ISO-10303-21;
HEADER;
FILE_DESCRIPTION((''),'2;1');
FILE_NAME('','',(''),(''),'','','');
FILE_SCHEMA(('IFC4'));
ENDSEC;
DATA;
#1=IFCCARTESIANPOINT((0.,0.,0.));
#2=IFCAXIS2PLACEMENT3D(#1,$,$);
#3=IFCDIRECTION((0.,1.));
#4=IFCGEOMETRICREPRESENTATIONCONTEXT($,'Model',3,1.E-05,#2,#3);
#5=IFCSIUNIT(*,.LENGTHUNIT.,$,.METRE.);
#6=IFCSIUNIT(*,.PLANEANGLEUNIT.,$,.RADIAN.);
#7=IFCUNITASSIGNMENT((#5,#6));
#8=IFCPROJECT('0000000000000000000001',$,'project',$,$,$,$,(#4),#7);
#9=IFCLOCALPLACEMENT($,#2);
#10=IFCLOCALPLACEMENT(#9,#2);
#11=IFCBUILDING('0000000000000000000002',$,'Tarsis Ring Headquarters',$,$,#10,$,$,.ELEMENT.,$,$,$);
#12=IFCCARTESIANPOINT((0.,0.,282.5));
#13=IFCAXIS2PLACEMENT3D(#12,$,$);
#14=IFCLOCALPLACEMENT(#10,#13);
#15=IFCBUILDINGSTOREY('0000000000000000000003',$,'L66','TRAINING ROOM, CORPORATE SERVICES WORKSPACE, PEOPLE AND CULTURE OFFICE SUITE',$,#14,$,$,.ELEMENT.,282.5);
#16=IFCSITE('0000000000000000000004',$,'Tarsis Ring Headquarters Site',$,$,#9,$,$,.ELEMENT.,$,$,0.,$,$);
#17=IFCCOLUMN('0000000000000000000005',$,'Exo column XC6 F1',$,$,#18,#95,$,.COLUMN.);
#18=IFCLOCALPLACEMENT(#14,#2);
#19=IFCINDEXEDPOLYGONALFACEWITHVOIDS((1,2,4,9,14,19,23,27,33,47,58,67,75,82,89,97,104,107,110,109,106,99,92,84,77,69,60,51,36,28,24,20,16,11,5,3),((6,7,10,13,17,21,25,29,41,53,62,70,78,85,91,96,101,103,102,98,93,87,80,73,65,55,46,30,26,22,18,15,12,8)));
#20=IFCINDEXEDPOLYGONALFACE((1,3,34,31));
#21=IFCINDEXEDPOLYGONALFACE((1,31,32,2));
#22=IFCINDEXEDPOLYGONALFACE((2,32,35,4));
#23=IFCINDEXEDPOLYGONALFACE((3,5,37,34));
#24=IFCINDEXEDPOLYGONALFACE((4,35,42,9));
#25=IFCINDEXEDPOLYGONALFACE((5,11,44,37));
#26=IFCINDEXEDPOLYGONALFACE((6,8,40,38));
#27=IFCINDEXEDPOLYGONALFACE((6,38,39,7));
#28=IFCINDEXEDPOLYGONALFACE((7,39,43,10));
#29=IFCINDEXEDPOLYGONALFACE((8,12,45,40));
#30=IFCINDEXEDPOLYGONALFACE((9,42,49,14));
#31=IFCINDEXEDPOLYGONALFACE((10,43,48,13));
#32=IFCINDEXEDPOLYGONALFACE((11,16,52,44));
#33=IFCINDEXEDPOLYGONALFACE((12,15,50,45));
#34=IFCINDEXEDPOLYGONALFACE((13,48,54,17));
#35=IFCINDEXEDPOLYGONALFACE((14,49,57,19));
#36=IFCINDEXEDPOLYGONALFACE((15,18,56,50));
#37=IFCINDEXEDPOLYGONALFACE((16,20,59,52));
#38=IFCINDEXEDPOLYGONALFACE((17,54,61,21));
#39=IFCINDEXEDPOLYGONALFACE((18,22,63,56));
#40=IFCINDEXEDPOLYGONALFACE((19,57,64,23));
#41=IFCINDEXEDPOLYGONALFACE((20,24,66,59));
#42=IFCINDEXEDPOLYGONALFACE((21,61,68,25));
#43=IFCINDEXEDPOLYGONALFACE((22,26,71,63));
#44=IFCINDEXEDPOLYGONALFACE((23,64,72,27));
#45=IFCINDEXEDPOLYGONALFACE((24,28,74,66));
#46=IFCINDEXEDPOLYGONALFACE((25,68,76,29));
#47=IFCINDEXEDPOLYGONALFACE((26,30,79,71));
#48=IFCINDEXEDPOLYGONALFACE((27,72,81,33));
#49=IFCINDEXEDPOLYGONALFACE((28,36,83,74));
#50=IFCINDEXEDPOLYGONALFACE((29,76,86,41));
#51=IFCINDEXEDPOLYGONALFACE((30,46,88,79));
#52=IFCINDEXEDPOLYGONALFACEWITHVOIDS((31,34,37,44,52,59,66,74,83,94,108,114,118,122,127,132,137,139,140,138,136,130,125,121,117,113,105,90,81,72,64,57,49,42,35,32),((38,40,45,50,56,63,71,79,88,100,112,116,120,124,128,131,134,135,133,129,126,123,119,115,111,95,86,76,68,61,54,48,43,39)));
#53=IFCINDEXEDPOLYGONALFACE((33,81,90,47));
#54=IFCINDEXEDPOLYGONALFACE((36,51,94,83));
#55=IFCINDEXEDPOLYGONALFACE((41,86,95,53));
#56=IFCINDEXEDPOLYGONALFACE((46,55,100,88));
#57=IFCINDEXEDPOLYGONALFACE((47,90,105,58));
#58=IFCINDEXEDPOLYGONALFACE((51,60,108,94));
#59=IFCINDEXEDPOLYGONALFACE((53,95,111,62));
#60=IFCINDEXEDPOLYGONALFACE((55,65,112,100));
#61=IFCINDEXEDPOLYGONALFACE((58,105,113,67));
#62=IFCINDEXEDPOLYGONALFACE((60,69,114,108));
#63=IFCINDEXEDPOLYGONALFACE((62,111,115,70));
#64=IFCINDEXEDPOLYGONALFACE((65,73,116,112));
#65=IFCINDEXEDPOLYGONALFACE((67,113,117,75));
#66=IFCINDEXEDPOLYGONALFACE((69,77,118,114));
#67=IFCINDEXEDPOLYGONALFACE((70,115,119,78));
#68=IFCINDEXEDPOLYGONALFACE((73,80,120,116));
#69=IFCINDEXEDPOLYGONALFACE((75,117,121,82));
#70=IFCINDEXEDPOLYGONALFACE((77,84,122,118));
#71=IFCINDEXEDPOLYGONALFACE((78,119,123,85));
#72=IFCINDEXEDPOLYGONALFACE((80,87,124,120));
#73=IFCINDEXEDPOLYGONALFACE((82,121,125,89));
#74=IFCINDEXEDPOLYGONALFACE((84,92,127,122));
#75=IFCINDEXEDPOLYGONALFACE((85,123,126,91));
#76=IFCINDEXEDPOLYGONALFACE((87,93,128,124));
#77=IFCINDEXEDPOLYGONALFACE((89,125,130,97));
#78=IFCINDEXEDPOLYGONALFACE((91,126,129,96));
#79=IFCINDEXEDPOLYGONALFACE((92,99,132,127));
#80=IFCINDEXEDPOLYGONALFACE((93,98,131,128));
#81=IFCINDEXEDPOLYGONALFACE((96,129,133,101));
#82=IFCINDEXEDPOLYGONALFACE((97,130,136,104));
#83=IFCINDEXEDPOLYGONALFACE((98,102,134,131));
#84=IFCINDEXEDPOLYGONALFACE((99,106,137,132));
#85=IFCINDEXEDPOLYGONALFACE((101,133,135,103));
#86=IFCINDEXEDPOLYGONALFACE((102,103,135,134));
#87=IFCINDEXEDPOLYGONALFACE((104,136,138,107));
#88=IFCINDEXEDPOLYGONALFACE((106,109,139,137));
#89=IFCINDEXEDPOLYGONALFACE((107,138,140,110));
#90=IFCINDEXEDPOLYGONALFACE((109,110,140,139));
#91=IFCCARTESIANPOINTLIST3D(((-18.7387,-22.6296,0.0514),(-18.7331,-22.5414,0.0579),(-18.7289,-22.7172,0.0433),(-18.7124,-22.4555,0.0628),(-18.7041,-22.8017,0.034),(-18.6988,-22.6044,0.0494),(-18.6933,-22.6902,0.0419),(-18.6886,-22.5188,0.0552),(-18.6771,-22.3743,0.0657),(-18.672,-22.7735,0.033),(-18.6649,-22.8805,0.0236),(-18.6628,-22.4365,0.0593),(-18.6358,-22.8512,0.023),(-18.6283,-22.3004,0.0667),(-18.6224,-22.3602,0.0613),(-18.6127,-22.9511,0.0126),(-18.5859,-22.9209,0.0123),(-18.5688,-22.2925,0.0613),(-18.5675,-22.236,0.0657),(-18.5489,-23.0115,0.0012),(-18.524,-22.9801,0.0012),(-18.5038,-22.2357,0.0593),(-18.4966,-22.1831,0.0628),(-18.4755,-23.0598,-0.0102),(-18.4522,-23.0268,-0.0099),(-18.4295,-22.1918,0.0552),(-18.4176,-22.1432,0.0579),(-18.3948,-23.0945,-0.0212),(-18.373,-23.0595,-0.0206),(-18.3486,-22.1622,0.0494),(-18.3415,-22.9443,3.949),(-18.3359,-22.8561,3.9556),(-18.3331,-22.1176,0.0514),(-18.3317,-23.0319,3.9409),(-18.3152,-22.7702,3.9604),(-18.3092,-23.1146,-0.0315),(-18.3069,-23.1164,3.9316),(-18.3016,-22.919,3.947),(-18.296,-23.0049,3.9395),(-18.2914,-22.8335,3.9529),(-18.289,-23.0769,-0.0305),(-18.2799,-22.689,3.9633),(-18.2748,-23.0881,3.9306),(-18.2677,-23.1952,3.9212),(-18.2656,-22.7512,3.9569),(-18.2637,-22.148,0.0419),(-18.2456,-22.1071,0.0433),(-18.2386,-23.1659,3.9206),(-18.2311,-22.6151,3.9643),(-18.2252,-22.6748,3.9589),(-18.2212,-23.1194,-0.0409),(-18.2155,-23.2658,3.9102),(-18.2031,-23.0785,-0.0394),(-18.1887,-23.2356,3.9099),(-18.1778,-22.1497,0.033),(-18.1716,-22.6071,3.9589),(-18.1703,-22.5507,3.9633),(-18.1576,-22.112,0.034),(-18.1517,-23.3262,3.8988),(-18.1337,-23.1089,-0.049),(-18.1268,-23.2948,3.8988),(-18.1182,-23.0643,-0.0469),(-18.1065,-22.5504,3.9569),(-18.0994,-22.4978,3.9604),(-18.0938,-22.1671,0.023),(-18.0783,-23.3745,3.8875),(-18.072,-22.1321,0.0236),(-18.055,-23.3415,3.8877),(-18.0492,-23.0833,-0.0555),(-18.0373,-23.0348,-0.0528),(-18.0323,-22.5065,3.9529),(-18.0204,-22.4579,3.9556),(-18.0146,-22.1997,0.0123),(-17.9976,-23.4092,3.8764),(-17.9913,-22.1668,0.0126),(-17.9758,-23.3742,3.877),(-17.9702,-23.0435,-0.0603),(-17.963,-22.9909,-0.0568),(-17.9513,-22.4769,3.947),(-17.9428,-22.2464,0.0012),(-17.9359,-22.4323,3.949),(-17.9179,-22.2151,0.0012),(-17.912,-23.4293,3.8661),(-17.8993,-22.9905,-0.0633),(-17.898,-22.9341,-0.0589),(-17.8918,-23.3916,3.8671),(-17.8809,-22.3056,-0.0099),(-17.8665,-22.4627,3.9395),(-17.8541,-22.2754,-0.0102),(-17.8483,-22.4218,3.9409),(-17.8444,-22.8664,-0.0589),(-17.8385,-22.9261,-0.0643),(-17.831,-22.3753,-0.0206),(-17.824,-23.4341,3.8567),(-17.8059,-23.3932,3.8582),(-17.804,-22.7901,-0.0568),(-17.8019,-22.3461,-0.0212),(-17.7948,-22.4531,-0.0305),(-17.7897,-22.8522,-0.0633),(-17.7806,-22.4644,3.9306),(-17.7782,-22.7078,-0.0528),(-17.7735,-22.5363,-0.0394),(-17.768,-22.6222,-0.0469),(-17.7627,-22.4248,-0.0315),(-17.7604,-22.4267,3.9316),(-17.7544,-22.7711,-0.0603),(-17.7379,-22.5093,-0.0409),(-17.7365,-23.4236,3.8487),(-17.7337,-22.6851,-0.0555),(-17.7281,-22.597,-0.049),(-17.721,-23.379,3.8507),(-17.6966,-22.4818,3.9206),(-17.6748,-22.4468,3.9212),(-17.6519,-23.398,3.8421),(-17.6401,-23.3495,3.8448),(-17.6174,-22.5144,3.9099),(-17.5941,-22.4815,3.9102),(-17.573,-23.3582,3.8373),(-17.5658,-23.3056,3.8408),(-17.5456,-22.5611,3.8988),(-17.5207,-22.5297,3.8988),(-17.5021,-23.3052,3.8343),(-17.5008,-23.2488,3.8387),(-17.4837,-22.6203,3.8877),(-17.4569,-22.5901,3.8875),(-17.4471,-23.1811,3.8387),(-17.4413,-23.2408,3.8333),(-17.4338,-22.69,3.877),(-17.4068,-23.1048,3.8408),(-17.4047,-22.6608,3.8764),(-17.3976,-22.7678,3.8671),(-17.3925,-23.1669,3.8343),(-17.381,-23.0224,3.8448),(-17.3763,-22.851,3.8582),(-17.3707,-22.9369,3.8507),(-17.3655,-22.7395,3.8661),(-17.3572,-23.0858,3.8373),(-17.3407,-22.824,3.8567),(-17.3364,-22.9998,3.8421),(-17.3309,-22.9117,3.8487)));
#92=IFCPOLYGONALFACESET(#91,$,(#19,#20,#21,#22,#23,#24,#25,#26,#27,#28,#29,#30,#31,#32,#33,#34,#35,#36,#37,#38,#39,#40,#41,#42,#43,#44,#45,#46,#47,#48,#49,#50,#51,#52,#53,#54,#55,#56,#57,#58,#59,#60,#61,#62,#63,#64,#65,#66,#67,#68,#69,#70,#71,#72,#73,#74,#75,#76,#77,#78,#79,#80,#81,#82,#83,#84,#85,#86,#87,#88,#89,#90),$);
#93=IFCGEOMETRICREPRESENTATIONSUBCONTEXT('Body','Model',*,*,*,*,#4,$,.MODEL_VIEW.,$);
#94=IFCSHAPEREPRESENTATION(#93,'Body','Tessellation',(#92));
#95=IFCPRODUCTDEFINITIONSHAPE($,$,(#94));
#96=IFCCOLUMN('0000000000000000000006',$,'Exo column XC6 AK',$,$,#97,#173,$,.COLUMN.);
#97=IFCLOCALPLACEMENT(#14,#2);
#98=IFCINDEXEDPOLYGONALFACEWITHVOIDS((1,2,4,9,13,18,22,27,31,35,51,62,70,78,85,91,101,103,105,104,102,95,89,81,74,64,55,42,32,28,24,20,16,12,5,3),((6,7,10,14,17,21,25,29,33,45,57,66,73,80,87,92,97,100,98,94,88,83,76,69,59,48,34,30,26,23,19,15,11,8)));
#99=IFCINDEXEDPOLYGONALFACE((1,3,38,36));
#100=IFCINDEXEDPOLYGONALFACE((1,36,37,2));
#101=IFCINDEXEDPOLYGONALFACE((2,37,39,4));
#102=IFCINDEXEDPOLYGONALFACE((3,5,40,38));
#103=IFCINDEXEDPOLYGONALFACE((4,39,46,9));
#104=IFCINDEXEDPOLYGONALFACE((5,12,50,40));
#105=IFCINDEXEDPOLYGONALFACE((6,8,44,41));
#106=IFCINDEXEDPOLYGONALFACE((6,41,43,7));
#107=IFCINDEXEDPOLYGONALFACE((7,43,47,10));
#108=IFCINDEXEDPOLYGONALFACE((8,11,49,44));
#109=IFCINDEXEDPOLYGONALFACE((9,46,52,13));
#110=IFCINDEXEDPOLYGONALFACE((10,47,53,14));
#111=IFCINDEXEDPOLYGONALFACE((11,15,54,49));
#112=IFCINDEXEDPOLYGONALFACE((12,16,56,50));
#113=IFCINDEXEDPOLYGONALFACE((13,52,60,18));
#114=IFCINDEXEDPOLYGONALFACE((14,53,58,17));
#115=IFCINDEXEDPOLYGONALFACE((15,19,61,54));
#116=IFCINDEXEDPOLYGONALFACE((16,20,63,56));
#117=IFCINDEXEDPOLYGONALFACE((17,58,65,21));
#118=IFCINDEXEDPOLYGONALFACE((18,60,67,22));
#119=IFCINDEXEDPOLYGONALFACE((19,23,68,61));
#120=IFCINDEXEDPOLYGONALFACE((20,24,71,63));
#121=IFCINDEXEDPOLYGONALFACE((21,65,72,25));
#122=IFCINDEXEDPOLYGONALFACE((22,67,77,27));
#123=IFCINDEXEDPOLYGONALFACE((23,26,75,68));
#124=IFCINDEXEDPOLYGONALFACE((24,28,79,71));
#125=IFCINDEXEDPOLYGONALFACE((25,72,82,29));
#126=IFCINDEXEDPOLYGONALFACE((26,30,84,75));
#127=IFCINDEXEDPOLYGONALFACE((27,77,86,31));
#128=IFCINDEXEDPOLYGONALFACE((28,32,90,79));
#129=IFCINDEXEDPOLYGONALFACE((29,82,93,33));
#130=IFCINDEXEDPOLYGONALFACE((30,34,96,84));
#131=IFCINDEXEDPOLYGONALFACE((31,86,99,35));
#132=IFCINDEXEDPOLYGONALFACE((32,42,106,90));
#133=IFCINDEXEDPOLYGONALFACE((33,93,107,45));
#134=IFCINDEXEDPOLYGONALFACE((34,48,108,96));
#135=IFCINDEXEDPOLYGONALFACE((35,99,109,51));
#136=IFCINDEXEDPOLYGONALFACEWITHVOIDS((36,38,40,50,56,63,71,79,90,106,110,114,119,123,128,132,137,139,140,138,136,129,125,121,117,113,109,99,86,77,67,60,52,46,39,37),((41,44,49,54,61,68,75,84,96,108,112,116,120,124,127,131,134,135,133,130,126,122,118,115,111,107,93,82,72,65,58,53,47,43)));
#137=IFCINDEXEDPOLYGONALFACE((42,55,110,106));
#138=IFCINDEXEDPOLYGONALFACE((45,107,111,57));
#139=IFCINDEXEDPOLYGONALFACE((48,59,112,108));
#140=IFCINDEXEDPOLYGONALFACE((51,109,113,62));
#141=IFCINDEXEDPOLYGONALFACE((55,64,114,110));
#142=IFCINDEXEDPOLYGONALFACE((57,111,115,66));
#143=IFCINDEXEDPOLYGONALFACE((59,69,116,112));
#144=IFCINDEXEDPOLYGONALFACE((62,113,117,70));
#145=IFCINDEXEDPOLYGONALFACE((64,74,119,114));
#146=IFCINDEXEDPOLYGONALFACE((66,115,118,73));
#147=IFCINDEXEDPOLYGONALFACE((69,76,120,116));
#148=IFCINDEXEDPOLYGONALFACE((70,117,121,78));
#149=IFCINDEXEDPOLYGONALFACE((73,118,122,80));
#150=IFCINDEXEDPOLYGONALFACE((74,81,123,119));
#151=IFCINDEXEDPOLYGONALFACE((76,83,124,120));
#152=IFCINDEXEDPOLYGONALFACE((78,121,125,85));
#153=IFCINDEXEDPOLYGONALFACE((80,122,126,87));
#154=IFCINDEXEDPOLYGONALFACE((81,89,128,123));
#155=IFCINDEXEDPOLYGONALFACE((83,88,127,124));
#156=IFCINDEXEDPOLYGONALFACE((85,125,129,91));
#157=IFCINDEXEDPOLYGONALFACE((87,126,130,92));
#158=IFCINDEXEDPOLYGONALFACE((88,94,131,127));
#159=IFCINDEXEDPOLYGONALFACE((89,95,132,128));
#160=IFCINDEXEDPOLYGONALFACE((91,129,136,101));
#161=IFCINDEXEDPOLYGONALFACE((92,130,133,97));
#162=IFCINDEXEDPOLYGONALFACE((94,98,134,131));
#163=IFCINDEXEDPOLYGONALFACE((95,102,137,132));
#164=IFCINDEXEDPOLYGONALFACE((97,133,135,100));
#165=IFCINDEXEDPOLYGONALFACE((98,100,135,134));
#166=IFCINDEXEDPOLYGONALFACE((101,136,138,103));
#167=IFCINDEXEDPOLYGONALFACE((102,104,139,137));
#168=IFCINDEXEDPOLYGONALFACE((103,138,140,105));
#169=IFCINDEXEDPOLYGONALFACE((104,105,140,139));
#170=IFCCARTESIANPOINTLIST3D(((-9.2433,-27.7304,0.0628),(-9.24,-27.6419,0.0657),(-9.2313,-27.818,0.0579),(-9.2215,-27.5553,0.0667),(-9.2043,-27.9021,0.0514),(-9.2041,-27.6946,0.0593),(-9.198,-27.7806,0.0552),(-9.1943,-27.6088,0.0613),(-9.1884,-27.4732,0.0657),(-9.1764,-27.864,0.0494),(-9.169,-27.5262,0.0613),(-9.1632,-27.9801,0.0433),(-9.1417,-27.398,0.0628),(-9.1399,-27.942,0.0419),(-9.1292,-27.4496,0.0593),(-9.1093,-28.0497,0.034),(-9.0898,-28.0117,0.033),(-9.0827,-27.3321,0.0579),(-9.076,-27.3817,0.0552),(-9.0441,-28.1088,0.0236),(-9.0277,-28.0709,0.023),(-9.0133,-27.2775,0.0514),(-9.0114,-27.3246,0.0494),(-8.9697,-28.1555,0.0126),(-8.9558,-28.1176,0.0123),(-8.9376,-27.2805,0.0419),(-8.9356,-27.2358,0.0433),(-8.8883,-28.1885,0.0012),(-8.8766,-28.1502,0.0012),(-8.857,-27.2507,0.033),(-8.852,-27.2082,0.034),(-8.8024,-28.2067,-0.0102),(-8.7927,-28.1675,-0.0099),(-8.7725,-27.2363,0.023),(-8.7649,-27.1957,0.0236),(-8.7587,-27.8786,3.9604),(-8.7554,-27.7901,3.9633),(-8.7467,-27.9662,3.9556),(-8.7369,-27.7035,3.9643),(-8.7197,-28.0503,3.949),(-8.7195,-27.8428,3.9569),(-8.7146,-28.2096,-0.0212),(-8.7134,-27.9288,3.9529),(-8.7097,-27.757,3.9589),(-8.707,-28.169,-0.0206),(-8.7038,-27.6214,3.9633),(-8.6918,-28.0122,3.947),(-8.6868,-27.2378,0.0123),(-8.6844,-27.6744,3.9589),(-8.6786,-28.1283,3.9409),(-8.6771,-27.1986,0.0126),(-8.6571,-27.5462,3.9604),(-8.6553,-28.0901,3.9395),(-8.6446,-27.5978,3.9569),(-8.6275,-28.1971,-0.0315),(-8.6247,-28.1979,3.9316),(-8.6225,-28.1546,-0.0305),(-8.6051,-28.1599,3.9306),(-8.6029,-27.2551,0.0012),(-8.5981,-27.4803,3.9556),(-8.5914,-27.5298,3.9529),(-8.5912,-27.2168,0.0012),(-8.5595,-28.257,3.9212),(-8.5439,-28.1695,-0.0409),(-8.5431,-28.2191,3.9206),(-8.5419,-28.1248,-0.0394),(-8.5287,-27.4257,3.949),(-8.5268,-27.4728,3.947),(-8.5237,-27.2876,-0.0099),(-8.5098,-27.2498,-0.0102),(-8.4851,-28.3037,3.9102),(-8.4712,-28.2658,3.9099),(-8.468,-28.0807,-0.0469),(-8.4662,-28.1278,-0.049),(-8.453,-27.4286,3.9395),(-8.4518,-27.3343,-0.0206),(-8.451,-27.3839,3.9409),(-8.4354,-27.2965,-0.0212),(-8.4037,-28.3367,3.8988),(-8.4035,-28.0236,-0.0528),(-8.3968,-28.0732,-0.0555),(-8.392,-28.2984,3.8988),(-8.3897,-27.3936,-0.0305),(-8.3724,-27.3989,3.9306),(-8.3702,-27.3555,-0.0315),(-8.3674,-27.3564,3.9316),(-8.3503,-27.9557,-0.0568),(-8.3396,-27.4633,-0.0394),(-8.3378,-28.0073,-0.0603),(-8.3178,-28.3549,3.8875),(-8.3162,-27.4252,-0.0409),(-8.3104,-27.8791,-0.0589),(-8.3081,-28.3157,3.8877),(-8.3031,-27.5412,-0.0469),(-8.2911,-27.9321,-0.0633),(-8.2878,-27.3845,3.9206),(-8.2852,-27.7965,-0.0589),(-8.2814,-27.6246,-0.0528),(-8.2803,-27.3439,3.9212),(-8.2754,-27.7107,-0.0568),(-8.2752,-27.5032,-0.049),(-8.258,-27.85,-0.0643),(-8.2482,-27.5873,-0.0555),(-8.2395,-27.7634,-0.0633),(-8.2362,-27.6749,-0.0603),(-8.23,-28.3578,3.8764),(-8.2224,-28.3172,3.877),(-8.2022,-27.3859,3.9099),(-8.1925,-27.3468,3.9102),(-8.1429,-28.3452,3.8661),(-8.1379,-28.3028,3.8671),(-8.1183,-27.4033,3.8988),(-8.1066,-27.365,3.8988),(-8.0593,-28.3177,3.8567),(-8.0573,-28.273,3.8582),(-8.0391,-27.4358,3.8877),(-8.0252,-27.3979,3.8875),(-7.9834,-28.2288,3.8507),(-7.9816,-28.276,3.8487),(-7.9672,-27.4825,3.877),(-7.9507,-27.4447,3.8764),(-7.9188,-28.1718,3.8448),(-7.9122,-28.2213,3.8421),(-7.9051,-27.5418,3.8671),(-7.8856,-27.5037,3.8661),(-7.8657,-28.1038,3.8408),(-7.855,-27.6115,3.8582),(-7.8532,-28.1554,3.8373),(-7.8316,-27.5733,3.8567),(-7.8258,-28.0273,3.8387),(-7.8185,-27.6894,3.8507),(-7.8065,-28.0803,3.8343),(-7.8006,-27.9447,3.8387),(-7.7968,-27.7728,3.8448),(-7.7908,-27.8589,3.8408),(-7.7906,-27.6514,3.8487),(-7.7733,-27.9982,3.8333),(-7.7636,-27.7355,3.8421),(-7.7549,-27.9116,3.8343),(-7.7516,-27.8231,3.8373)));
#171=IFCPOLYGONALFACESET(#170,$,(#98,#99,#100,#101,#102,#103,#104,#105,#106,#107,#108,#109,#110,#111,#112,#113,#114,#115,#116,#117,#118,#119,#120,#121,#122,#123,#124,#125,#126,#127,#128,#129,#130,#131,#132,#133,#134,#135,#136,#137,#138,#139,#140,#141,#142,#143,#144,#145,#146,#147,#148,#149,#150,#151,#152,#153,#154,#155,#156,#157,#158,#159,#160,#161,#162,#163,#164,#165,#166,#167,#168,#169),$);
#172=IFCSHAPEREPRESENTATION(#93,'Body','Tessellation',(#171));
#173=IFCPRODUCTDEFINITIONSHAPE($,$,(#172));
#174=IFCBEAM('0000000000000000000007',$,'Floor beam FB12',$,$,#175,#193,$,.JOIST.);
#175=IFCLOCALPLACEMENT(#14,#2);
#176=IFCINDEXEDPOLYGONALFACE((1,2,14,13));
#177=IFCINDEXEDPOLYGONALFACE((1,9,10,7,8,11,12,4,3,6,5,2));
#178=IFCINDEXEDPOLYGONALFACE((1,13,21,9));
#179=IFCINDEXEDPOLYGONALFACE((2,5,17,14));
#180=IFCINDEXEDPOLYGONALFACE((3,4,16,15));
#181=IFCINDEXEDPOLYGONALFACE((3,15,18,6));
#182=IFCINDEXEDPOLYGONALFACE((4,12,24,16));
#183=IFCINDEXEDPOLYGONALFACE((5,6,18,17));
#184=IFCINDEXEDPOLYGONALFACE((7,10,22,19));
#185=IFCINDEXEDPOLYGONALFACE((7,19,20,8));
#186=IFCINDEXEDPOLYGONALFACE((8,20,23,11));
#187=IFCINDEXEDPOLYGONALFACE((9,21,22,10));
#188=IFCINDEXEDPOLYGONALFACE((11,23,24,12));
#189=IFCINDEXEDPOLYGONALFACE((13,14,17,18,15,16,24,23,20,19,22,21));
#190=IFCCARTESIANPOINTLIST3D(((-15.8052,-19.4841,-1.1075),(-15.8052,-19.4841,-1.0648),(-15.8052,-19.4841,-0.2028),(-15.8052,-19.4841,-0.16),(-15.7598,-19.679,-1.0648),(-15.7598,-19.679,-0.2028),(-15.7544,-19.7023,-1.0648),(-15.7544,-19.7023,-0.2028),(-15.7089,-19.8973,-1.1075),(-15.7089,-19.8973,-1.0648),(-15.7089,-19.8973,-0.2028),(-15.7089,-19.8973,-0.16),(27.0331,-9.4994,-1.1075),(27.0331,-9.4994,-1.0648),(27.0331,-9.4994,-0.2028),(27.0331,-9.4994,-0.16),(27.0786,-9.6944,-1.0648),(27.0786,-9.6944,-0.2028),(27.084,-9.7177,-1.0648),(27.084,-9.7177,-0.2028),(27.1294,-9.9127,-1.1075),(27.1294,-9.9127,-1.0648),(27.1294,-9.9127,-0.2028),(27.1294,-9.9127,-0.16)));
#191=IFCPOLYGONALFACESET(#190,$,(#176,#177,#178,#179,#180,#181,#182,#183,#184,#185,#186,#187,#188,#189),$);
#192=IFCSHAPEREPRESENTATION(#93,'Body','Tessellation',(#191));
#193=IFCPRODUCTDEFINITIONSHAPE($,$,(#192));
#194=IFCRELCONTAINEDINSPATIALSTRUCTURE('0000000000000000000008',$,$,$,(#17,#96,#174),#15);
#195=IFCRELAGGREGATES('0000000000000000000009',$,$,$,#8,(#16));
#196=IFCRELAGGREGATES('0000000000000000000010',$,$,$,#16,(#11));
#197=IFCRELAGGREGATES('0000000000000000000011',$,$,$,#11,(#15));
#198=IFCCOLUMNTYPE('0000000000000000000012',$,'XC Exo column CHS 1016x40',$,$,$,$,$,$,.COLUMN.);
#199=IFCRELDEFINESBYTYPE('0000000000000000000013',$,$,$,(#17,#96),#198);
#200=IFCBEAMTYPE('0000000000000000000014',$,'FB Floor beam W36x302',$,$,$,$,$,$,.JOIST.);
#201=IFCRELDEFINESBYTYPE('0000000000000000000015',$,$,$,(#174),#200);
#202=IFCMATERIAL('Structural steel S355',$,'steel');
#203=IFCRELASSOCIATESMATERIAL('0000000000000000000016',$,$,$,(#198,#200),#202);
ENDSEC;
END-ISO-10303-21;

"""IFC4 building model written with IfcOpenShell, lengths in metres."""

from ifc_helpers import new_model, si_unit, direction, frame, origin, origin_2d, place, context, subcontext, project, spatial, hollow_circle, i_section, extrude, material, material_profile, profile_set, type_object, element, save


model = new_model("IFC4")

# Units and contexts
model_context = context("Model", 3, precision=1e-05, world=origin(), true_north=direction((0.0, 1.0)))
body_context = subcontext(model_context, "Body", "Model", "MODEL_VIEW")
ifc_project = project(units=[si_unit("LENGTHUNIT", "METRE"), si_unit("PLANEANGLEUNIT", "RADIAN")], contexts=[model_context])

# Site, building, storey
site_placement = place(None, origin())
site = spatial("IfcSite", under=ifc_project, at=site_placement, Name="Tarsis Ring Headquarters Site", CompositionType="ELEMENT", RefElevation=0.0)
building_placement = place(site_placement, origin())
building = spatial("IfcBuilding", under=site, at=building_placement, Name="Tarsis Ring Headquarters", CompositionType="ELEMENT")
storey_placement = place(building_placement, frame((0.0, 0.0, 282.5)))
storey = spatial("IfcBuildingStorey", under=building, at=storey_placement, Name="L66", Description="TRAINING ROOM, CORPORATE SERVICES WORKSPACE, PEOPLE AND CULTURE OFFICE SUITE", CompositionType="ELEMENT", Elevation=282.5)

# Columns
ifc_material_1 = material(Name="Structural steel S355", Category="steel")
ifc_material_profile_1 = material_profile(ifc_material_1, hollow_circle(Radius=0.5081, WallThickness=0.04, at=origin_2d()), Name="CHS 1016x40")
ifc_profile_set_1 = profile_set([ifc_material_profile_1], Name="Structural steel S355")
column_type = type_object("IfcColumnType", Name="XC Exo column CHS 1016x40", PredefinedType="COLUMN", material=ifc_profile_set_1)
for number, where, z_axis, x_axis, name in (
    (1, (-18.2334, -22.6133, 0.0012), (0.10106, -0.080065, 0.991653), (0.620987, 0.783821, 0.0), "Exo column XC6 F1"),
    (2, (-8.7397, -27.7026, 0.0012), (0.123297, -0.037703, 0.991653), (0.292427, 0.956288, 0.0), "Exo column XC6 AK"),
):
    element("IfcColumn", number, at=place(storey_placement, frame(where, z_axis=z_axis, x_axis=x_axis)), inside=storey, type_object=column_type, Name=name, PredefinedType="COLUMN", context=body_context, shape_type="SweptSolid", body=[
        extrude(hollow_circle(Radius=0.5081, WallThickness=0.04, at=origin_2d()), origin(), (0.0, 0.0, 1.0), 3.9304),
    ])

# Beam
ifc_material_profile_2 = material_profile(ifc_material_1, i_section(OverallWidth=0.4243, OverallDepth=0.9475, WebThickness=0.0239, FlangeThickness=0.0427, at=origin_2d()), Name="W36x302")
ifc_profile_set_2 = profile_set([ifc_material_profile_2], Name="Structural steel S355")
beam_type_1 = type_object("IfcBeamType", Name="FB Floor beam W36x302", PredefinedType="JOIST", material=ifc_profile_set_2)
beam_1_placement = place(storey_placement, frame((-15.7571, -19.6907, -0.6338), z_axis=(0.973897, 0.226992, 0.0), x_axis=(-0.226992, 0.973897, 0.0)))
element("IfcBeam", 3, at=beam_1_placement, inside=storey, type_object=beam_type_1, Name="Floor beam FB12", PredefinedType="JOIST", context=body_context, shape_type="SweptSolid", body=[
    extrude(i_section(OverallWidth=0.4243, OverallDepth=0.9475, WebThickness=0.0239, FlangeThickness=0.0427, at=origin_2d()), origin(), (0.0, 0.0, 1.0), 43.9866),
])

save(model, "model.ifc")
